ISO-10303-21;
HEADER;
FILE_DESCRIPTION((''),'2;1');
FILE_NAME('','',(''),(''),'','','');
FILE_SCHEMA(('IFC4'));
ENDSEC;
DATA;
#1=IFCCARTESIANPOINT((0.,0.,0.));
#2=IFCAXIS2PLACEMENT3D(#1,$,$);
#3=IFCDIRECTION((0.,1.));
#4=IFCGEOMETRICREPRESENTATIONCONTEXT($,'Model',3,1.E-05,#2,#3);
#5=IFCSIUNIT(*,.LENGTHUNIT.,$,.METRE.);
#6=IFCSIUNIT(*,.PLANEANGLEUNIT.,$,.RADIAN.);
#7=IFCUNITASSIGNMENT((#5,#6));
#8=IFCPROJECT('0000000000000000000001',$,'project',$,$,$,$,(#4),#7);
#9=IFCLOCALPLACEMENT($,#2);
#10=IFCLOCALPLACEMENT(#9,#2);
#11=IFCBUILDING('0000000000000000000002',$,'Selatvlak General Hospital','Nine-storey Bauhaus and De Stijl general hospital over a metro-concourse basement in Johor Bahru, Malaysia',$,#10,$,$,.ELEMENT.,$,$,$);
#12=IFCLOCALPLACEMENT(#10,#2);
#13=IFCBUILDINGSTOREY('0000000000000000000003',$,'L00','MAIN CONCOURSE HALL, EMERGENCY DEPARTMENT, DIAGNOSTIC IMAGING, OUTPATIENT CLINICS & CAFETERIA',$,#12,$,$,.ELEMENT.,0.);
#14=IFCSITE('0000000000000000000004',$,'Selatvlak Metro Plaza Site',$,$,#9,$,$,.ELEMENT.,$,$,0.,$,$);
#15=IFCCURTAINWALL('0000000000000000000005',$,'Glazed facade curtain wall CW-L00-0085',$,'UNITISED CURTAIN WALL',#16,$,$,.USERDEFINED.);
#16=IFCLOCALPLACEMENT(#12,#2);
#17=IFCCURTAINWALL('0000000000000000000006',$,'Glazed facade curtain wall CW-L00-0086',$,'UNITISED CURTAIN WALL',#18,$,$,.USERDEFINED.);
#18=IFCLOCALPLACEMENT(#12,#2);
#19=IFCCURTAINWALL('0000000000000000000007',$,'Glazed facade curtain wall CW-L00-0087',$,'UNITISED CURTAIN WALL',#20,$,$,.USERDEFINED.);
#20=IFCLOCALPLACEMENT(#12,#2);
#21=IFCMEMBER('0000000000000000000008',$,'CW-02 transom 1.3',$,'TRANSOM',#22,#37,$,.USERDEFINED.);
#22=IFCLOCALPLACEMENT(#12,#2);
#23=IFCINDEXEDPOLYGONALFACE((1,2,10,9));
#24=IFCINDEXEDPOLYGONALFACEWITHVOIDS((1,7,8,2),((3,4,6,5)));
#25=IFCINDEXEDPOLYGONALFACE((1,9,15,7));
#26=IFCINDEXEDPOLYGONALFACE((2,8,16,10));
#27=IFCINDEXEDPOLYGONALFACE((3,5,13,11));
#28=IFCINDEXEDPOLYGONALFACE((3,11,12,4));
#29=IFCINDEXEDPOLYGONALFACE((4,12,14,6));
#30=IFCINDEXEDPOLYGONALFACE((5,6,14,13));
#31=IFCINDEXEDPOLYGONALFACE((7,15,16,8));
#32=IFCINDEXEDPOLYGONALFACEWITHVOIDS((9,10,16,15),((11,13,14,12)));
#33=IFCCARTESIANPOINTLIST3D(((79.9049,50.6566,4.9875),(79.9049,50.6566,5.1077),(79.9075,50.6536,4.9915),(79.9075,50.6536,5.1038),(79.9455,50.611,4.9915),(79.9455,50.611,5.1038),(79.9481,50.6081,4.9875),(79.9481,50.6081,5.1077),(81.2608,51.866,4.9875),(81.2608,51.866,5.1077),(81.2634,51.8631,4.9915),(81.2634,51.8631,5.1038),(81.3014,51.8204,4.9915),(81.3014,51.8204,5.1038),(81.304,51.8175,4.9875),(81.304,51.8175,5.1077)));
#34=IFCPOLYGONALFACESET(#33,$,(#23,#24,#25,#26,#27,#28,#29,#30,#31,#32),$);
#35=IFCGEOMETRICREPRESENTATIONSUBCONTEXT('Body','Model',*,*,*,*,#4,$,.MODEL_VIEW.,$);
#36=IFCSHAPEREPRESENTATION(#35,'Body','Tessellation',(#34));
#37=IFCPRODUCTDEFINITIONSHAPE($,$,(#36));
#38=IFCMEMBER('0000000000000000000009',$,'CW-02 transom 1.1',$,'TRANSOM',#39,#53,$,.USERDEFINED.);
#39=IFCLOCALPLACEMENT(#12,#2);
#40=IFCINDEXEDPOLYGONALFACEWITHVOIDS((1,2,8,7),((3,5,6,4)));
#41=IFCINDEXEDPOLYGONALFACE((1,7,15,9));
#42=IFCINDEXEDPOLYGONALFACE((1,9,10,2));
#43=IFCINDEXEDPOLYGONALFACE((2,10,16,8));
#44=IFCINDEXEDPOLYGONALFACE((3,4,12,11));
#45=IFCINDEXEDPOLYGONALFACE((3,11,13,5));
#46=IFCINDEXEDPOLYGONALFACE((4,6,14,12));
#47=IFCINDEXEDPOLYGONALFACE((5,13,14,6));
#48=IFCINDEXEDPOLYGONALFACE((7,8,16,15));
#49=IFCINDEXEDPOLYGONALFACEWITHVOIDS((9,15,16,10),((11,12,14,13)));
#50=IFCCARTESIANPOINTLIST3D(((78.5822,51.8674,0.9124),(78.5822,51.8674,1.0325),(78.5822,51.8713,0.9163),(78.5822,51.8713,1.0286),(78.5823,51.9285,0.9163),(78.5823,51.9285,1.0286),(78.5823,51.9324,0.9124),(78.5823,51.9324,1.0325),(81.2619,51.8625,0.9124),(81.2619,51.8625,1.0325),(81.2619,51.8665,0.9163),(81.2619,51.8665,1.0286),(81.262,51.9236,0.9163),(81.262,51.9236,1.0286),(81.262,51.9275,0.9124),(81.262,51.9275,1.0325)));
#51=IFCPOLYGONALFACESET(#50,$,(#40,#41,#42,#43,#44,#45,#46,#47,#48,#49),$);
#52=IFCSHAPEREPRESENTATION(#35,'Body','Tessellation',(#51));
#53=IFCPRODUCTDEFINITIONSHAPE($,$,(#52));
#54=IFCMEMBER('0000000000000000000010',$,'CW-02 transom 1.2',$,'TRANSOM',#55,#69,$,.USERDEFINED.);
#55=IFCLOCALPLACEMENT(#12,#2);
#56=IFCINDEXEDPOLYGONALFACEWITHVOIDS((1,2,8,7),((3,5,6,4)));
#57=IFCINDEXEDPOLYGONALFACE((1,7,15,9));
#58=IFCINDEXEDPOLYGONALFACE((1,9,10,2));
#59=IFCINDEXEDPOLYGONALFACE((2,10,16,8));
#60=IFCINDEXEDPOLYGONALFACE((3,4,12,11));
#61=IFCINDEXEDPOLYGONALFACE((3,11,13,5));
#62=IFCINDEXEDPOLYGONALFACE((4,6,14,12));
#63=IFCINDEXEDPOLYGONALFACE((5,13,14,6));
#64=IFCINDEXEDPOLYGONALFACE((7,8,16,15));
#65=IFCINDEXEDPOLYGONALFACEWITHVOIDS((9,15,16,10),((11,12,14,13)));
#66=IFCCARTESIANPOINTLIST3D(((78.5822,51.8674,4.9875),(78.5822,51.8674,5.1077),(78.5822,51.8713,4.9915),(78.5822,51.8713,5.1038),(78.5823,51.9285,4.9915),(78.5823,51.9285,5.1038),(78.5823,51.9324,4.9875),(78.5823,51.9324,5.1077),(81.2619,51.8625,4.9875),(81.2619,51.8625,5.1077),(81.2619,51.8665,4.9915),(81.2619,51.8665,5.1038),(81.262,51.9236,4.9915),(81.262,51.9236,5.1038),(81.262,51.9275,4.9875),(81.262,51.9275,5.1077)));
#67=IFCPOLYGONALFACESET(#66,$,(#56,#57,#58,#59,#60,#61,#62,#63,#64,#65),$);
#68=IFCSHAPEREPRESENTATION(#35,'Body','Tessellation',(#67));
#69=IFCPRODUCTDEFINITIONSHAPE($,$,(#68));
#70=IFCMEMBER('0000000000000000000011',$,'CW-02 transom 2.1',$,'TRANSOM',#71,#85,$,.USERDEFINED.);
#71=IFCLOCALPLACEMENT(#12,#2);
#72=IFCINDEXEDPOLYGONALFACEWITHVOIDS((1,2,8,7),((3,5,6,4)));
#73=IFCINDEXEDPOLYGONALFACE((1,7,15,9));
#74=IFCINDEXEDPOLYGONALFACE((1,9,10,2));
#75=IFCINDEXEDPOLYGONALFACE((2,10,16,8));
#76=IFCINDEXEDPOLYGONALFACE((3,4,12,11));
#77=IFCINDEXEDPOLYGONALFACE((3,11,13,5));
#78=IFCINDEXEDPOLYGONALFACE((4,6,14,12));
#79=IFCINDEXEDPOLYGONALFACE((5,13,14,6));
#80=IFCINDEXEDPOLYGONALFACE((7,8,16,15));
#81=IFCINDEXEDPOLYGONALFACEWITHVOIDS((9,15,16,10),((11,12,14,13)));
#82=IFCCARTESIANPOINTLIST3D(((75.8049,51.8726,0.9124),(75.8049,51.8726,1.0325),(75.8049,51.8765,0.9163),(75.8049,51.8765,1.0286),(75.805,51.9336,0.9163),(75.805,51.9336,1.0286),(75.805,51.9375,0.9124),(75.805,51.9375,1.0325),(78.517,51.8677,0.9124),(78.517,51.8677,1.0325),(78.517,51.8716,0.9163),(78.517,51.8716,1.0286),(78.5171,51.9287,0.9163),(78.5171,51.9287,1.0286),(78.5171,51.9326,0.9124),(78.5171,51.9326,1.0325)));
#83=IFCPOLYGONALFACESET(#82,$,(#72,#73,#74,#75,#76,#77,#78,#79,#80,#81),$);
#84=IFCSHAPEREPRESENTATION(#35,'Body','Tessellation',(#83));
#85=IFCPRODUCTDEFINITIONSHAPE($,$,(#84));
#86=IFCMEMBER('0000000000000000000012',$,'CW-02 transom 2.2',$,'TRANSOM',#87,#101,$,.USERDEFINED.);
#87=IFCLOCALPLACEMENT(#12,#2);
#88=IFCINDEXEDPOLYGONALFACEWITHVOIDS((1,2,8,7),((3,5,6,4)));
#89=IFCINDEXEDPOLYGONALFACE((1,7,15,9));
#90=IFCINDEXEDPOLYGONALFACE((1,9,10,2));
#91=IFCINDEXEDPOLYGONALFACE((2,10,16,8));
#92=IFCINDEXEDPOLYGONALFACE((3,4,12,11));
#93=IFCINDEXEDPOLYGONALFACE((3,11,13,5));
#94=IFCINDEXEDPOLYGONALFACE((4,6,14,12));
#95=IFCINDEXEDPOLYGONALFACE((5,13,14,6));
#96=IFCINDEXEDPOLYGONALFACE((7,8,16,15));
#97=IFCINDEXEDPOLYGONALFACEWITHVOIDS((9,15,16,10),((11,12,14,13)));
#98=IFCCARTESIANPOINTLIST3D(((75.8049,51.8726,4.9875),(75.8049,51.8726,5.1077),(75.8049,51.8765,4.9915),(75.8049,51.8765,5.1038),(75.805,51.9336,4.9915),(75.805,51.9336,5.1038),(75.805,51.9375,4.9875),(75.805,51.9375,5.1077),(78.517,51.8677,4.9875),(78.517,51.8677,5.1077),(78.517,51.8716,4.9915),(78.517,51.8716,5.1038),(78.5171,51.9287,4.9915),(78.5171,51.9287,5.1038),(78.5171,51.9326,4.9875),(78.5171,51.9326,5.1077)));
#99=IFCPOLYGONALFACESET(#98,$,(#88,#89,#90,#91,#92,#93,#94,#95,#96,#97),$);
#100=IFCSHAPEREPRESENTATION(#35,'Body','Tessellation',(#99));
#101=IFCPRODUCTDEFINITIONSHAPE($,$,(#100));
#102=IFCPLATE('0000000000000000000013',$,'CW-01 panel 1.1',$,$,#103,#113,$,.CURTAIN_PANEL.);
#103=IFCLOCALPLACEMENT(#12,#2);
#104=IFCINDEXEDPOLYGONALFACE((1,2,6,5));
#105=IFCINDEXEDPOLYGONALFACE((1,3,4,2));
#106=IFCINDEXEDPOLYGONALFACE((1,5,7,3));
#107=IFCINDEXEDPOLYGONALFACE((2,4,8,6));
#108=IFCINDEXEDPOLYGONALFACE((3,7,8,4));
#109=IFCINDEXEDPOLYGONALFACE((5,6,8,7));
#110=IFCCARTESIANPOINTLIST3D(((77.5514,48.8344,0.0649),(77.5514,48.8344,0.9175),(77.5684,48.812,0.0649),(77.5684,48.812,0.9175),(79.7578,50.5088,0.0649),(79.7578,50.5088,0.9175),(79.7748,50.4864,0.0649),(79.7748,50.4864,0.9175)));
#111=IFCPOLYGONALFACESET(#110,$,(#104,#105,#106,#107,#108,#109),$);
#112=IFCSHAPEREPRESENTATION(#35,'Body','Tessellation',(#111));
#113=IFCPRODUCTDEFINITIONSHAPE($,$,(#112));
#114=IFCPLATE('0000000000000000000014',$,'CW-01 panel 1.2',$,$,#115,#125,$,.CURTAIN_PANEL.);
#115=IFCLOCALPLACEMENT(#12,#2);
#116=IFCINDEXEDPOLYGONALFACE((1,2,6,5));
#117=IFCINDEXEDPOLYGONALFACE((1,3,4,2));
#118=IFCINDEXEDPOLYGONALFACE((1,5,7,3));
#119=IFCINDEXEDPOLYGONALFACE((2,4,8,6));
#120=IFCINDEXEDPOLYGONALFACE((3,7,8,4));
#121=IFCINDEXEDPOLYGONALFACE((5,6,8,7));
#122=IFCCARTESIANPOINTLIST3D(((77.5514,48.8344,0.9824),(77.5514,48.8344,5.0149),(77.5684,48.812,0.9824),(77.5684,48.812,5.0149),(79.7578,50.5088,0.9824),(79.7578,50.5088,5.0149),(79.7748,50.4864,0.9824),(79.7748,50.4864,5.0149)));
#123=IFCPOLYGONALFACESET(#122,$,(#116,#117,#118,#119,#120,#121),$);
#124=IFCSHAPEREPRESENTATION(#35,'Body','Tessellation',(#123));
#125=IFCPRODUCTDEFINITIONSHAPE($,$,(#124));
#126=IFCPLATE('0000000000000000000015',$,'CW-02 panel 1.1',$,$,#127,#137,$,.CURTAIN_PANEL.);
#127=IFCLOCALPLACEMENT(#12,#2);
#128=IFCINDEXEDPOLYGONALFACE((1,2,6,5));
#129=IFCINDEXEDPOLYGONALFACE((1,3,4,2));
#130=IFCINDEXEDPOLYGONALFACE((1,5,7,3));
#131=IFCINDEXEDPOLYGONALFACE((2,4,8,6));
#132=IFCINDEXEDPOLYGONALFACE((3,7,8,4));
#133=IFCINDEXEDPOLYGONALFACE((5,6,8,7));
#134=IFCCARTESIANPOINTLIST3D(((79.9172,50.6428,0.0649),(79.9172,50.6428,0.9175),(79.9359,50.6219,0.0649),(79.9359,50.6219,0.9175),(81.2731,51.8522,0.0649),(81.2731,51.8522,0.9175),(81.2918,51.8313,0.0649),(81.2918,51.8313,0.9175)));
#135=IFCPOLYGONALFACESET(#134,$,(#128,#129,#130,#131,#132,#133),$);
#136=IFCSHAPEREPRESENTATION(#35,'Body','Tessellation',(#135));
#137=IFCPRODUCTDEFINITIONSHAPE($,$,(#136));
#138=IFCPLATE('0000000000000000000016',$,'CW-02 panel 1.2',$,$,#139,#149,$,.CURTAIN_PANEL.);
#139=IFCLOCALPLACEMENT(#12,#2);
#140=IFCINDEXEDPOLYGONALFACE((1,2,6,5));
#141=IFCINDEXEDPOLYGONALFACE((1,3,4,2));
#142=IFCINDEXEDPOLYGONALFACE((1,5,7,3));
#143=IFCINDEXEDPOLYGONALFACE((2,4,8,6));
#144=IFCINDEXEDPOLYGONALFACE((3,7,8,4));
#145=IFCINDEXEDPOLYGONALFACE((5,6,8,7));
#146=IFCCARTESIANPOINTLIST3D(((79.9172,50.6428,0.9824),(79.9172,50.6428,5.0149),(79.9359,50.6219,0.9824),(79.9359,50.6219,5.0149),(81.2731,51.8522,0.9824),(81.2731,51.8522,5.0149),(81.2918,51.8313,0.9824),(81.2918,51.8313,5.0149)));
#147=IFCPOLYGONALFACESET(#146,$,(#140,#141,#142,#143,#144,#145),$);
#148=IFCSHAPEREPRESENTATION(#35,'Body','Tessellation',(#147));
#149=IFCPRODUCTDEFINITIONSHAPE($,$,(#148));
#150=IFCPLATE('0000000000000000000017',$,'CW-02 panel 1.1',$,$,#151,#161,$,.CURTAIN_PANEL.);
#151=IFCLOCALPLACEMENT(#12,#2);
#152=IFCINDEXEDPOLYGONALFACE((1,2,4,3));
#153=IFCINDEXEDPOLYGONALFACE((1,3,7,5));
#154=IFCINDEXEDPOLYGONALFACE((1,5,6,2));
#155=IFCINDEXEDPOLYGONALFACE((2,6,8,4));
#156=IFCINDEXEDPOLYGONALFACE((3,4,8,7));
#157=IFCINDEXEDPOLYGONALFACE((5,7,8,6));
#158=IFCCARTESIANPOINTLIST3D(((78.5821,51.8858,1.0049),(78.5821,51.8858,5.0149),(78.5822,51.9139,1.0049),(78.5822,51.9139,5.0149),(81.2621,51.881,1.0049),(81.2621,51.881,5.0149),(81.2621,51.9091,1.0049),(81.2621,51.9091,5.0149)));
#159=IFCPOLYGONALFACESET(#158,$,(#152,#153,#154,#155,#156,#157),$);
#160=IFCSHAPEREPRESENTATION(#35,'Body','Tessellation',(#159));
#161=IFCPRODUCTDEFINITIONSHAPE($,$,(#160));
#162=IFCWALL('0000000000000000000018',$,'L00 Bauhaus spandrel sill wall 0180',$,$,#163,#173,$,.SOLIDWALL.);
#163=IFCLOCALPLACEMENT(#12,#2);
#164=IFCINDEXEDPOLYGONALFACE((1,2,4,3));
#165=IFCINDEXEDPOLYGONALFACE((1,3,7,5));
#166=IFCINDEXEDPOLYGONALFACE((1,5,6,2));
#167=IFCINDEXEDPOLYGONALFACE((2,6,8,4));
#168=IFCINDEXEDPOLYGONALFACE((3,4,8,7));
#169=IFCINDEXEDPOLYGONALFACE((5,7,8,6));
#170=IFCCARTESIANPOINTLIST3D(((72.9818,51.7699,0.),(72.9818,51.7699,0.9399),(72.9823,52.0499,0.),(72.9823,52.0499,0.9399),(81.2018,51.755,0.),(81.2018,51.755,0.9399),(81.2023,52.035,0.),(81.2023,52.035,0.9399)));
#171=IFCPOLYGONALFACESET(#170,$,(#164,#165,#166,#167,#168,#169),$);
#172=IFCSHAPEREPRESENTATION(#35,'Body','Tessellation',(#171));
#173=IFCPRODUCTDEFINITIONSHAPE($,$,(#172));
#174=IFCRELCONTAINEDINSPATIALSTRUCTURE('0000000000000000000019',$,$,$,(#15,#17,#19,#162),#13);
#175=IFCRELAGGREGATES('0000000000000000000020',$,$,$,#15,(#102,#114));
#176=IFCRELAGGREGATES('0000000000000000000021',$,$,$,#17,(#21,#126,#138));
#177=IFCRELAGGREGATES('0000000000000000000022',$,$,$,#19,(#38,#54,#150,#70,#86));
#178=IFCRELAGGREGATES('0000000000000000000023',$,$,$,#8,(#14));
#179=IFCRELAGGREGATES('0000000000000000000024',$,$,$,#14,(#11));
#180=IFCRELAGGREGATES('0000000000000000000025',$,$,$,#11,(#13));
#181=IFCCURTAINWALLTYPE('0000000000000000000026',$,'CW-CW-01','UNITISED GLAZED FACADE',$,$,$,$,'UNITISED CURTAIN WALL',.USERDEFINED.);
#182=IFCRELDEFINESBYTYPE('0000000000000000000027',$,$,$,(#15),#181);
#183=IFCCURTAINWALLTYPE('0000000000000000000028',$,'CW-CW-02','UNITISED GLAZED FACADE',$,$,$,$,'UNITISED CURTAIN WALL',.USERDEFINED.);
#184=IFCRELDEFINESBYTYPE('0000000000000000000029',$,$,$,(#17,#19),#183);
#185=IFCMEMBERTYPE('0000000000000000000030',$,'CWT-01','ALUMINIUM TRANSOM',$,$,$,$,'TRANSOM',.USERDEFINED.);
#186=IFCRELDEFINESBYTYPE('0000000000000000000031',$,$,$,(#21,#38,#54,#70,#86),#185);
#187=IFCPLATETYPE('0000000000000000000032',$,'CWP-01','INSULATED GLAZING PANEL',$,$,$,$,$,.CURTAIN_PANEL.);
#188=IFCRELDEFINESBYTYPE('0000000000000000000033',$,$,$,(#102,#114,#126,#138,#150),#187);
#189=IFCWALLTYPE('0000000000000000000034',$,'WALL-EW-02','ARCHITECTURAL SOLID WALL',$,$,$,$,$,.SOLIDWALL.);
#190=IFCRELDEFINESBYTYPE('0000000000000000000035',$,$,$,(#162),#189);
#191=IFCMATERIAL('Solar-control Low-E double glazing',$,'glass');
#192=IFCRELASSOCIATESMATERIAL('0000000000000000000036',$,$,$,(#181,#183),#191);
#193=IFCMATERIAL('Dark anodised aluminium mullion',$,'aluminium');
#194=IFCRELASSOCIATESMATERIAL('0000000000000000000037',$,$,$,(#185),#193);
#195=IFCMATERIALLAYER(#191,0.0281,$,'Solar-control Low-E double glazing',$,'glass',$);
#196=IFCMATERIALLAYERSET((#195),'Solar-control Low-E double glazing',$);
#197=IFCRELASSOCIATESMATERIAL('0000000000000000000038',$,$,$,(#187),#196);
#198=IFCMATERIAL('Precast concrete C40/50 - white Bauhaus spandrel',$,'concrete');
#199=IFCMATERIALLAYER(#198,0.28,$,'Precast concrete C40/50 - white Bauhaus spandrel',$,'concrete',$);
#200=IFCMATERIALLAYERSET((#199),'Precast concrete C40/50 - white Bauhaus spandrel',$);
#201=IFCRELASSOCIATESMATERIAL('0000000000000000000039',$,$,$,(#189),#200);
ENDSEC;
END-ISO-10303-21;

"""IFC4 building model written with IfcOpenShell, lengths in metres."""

from ifc_helpers import new_model, si_unit, direction, frame, frame_2d, origin, origin_2d, place, context, subcontext, project, spatial, rectangle, hollow_rectangle, extrude, material, layer, layer_set, material_profile, profile_set, type_object, element, aggregate, save


model = new_model("IFC4")

# Units and contexts
model_context = context("Model", 3, precision=1e-05, world=origin(), true_north=direction((0.0, 1.0)))
body_context = subcontext(model_context, "Body", "Model", "MODEL_VIEW")
ifc_project = project(units=[si_unit("LENGTHUNIT", "METRE"), si_unit("PLANEANGLEUNIT", "RADIAN")], contexts=[model_context])

# Site, building, storey
site_placement = place(None, origin())
site = spatial("IfcSite", under=ifc_project, at=site_placement, Name="Selatvlak Metro Plaza Site", CompositionType="ELEMENT", RefElevation=0.0)
building_placement = place(site_placement, origin())
building = spatial("IfcBuilding", under=site, at=building_placement, Name="Selatvlak General Hospital", Description="Nine-storey Bauhaus and De Stijl general hospital over a metro-concourse basement in Johor Bahru, Malaysia", CompositionType="ELEMENT")
storey_placement = place(building_placement, origin())
storey = spatial("IfcBuildingStorey", under=building, at=storey_placement, Name="L00", Description="MAIN CONCOURSE HALL, EMERGENCY DEPARTMENT, DIAGNOSTIC IMAGING, OUTPATIENT CLINICS & CAFETERIA", CompositionType="ELEMENT", Elevation=0.0)

# Curtain wall
ifc_material_1 = material(Name="Solar-control Low-E double glazing", Category="glass")
curtain_wall_type_1 = type_object("IfcCurtainWallType", Name="CW-CW-01", Description="UNITISED GLAZED FACADE", ElementType="UNITISED CURTAIN WALL", PredefinedType="USERDEFINED", material=ifc_material_1)
curtain_wall_1_placement = place(storey_placement, origin())
curtain_wall_1 = element("IfcCurtainWall", 1, at=curtain_wall_1_placement, inside=storey, type_object=curtain_wall_type_1, Name="Glazed facade curtain wall CW-L00-0085", ObjectType="UNITISED CURTAIN WALL", PredefinedType="USERDEFINED")
ifc_material_2 = material(Name="Dark anodised aluminium mullion", Category="aluminium")

# Curtain walls
curtain_wall_type_2 = type_object("IfcCurtainWallType", Name="CW-CW-02", Description="UNITISED GLAZED FACADE", ElementType="UNITISED CURTAIN WALL", PredefinedType="USERDEFINED", material=ifc_material_1)
curtain_wall_2_placement = place(storey_placement, origin())
curtain_wall_2 = element("IfcCurtainWall", 2, at=curtain_wall_2_placement, inside=storey, type_object=curtain_wall_type_2, Name="Glazed facade curtain wall CW-L00-0086", ObjectType="UNITISED CURTAIN WALL", PredefinedType="USERDEFINED")
curtain_wall_3_placement = place(storey_placement, origin())
curtain_wall_3 = element("IfcCurtainWall", 3, at=curtain_wall_3_placement, inside=storey, type_object=curtain_wall_type_2, Name="Glazed facade curtain wall CW-L00-0087", ObjectType="UNITISED CURTAIN WALL", PredefinedType="USERDEFINED")

# Members
ifc_material_profile_1 = material_profile(ifc_material_2, hollow_rectangle(XDim=0.0649, YDim=0.1201, WallThickness=0.0039, at=origin_2d()), Name="AL-TRN 65x120x4")
ifc_profile_set_1 = profile_set([ifc_material_profile_1], Name="Dark anodised aluminium mullion")
member_type_1 = type_object("IfcMemberType", Name="CWT-01", Description="ALUMINIUM TRANSOM", ElementType="TRANSOM", PredefinedType="USERDEFINED", material=ifc_profile_set_1)
member_1_placement = place(storey_placement, frame((79.9265, 50.6323, 5.0476), z_axis=(0.746267, 0.665647, 0.0), x_axis=(-0.665647, 0.746267, 0.0)))
member_1 = element("IfcMember", 4, at=member_1_placement, type_object=member_type_1, Name="CW-02 transom 1.3", ObjectType="TRANSOM", PredefinedType="USERDEFINED", context=body_context, shape_type="SweptSolid", body=[
    extrude(hollow_rectangle(XDim=0.0649, YDim=0.1201, WallThickness=0.0039, at=origin_2d()), origin(), (0.0, 0.0, 1.0), 1.8169),
])
member_2_placement = place(storey_placement, frame((81.262, 51.895, 0.9724), z_axis=(-0.999998, 0.001822, 0.0), x_axis=(-0.001822, -0.999998, 0.0)))
member_2 = element("IfcMember", 5, at=member_2_placement, type_object=member_type_1, Name="CW-02 transom 1.1", ObjectType="TRANSOM", PredefinedType="USERDEFINED", context=body_context, shape_type="SweptSolid", body=[
    extrude(hollow_rectangle(XDim=0.0649, YDim=0.1201, WallThickness=0.0039, at=origin_2d()), origin(), (0.0, 0.0, 1.0), 2.6797),
])
member_3_placement = place(storey_placement, frame((81.262, 51.895, 5.0476), z_axis=(-0.999998, 0.001822, 0.0), x_axis=(-0.001822, -0.999998, 0.0)))
member_3 = element("IfcMember", 6, at=member_3_placement, type_object=member_type_1, Name="CW-02 transom 1.2", ObjectType="TRANSOM", PredefinedType="USERDEFINED", context=body_context, shape_type="SweptSolid", body=[
    extrude(hollow_rectangle(XDim=0.0649, YDim=0.1201, WallThickness=0.0039, at=origin_2d()), origin(), (0.0, 0.0, 1.0), 2.6797),
])
member_4_placement = place(storey_placement, frame((78.5171, 51.9001, 0.9724), z_axis=(-0.999998, 0.0018, 0.0), x_axis=(-0.0018, -0.999998, 0.0)))
member_4 = element("IfcMember", 7, at=member_4_placement, type_object=member_type_1, Name="CW-02 transom 2.1", ObjectType="TRANSOM", PredefinedType="USERDEFINED", context=body_context, shape_type="SweptSolid", body=[
    extrude(hollow_rectangle(XDim=0.0649, YDim=0.1201, WallThickness=0.0039, at=origin_2d()), origin(), (0.0, 0.0, 1.0), 2.7122),
])
member_5_placement = place(storey_placement, frame((78.5171, 51.9001, 5.0476), z_axis=(-0.999998, 0.0018, 0.0), x_axis=(-0.0018, -0.999998, 0.0)))
member_5 = element("IfcMember", 8, at=member_5_placement, type_object=member_type_1, Name="CW-02 transom 2.2", ObjectType="TRANSOM", PredefinedType="USERDEFINED", context=body_context, shape_type="SweptSolid", body=[
    extrude(hollow_rectangle(XDim=0.0649, YDim=0.1201, WallThickness=0.0039, at=origin_2d()), origin(), (0.0, 0.0, 1.0), 2.7122),
])

# Plates
ifc_layer_1 = layer(ifc_material_1, 0.0281, Name="Solar-control Low-E double glazing", Category="glass")
ifc_layer_set_1 = layer_set([ifc_layer_1], Name="Solar-control Low-E double glazing")
plate_type = type_object("IfcPlateType", Name="CWP-01", Description="INSULATED GLAZING PANEL", PredefinedType="CURTAIN_PANEL", material=ifc_layer_set_1)
plate_1_placement = place(storey_placement, frame((78.6631, 49.6604, 0.0649), z_axis=(0.0, 0.0, 1.0), x_axis=(0.796594, 0.604515, 0.0)))
plate_1 = element("IfcPlate", 9, at=plate_1_placement, type_object=plate_type, Name="CW-01 panel 1.1", PredefinedType="CURTAIN_PANEL", context=body_context, shape_type="SweptSolid", body=[
    extrude(rectangle(XDim=2.7698, YDim=0.0281, at=origin_2d()), origin(), (0.0, 0.0, 1.0), 0.8525),
])
plate_2_placement = place(storey_placement, frame((78.6631, 49.6604, 0.9824), z_axis=(0.0, 0.0, 1.0), x_axis=(0.796594, 0.604515, 0.0)))
plate_2 = element("IfcPlate", 10, at=plate_2_placement, type_object=plate_type, Name="CW-01 panel 1.2", PredefinedType="CURTAIN_PANEL", context=body_context, shape_type="SweptSolid", body=[
    extrude(rectangle(XDim=2.7698, YDim=0.0281, at=origin_2d()), origin(), (0.0, 0.0, 1.0), 4.0325),
])
aggregate(curtain_wall_1, [plate_1, plate_2])
plate_3_placement = place(storey_placement, frame((80.6045, 51.2371, 0.0649), z_axis=(0.0, 0.0, 1.0), x_axis=(0.746275, 0.665638, 0.0)))
plate_3 = element("IfcPlate", 11, at=plate_3_placement, type_object=plate_type, Name="CW-02 panel 1.1", PredefinedType="CURTAIN_PANEL", context=body_context, shape_type="SweptSolid", body=[
    extrude(rectangle(XDim=1.8169, YDim=0.0281, at=origin_2d()), origin(), (0.0, 0.0, 1.0), 0.8525),
])
plate_4_placement = place(storey_placement, frame((80.6045, 51.2371, 0.9824), z_axis=(0.0, 0.0, 1.0), x_axis=(0.746275, 0.665638, 0.0)))
plate_4 = element("IfcPlate", 12, at=plate_4_placement, type_object=plate_type, Name="CW-02 panel 1.2", PredefinedType="CURTAIN_PANEL", context=body_context, shape_type="SweptSolid", body=[
    extrude(rectangle(XDim=1.8169, YDim=0.0281, at=origin_2d()), origin(), (0.0, 0.0, 1.0), 4.0325),
])
aggregate(curtain_wall_2, [member_1, plate_3, plate_4])
plate_5_placement = place(storey_placement, frame((79.9221, 51.8975, 1.0049), z_axis=(0.0, 0.0, 1.0), x_axis=(-0.999998, 0.0018, 0.0)))
plate_5 = element("IfcPlate", 13, at=plate_5_placement, type_object=plate_type, Name="CW-02 panel 1.1", PredefinedType="CURTAIN_PANEL", context=body_context, shape_type="SweptSolid", body=[
    extrude(rectangle(XDim=2.6799, YDim=0.0281, at=origin_2d()), origin(), (0.0, 0.0, 1.0), 4.01),
])
aggregate(curtain_wall_3, [member_2, member_3, plate_5, member_4, member_5])

# Wall
ifc_material_3 = material(Name="Precast concrete C40/50 - white Bauhaus spandrel", Category="concrete")
ifc_layer_2 = layer(ifc_material_3, 0.28, Name="Precast concrete C40/50 - white Bauhaus spandrel", Category="concrete")
ifc_layer_set_2 = layer_set([ifc_layer_2], Name="Precast concrete C40/50 - white Bauhaus spandrel")
wall_type = type_object("IfcWallType", Name="WALL-EW-02", Description="ARCHITECTURAL SOLID WALL", PredefinedType="SOLIDWALL", material=ifc_layer_set_2)
wall_placement = place(storey_placement, frame((81.2019, 51.895, 0.0), z_axis=(0.0, 0.0, 1.0), x_axis=(-0.999998, 0.001812, 0.0)))
element("IfcWall", 14, at=wall_placement, inside=storey, type_object=wall_type, Name="L00 Bauhaus spandrel sill wall 0180", PredefinedType="SOLIDWALL", context=body_context, shape_type="SweptSolid", body=[
    extrude(rectangle(XDim=8.22, YDim=0.28, at=frame_2d((4.1099, 0.0))), origin(), (0.0, 0.0, 1.0), 0.9399),
])

save(model, "model.ifc")
